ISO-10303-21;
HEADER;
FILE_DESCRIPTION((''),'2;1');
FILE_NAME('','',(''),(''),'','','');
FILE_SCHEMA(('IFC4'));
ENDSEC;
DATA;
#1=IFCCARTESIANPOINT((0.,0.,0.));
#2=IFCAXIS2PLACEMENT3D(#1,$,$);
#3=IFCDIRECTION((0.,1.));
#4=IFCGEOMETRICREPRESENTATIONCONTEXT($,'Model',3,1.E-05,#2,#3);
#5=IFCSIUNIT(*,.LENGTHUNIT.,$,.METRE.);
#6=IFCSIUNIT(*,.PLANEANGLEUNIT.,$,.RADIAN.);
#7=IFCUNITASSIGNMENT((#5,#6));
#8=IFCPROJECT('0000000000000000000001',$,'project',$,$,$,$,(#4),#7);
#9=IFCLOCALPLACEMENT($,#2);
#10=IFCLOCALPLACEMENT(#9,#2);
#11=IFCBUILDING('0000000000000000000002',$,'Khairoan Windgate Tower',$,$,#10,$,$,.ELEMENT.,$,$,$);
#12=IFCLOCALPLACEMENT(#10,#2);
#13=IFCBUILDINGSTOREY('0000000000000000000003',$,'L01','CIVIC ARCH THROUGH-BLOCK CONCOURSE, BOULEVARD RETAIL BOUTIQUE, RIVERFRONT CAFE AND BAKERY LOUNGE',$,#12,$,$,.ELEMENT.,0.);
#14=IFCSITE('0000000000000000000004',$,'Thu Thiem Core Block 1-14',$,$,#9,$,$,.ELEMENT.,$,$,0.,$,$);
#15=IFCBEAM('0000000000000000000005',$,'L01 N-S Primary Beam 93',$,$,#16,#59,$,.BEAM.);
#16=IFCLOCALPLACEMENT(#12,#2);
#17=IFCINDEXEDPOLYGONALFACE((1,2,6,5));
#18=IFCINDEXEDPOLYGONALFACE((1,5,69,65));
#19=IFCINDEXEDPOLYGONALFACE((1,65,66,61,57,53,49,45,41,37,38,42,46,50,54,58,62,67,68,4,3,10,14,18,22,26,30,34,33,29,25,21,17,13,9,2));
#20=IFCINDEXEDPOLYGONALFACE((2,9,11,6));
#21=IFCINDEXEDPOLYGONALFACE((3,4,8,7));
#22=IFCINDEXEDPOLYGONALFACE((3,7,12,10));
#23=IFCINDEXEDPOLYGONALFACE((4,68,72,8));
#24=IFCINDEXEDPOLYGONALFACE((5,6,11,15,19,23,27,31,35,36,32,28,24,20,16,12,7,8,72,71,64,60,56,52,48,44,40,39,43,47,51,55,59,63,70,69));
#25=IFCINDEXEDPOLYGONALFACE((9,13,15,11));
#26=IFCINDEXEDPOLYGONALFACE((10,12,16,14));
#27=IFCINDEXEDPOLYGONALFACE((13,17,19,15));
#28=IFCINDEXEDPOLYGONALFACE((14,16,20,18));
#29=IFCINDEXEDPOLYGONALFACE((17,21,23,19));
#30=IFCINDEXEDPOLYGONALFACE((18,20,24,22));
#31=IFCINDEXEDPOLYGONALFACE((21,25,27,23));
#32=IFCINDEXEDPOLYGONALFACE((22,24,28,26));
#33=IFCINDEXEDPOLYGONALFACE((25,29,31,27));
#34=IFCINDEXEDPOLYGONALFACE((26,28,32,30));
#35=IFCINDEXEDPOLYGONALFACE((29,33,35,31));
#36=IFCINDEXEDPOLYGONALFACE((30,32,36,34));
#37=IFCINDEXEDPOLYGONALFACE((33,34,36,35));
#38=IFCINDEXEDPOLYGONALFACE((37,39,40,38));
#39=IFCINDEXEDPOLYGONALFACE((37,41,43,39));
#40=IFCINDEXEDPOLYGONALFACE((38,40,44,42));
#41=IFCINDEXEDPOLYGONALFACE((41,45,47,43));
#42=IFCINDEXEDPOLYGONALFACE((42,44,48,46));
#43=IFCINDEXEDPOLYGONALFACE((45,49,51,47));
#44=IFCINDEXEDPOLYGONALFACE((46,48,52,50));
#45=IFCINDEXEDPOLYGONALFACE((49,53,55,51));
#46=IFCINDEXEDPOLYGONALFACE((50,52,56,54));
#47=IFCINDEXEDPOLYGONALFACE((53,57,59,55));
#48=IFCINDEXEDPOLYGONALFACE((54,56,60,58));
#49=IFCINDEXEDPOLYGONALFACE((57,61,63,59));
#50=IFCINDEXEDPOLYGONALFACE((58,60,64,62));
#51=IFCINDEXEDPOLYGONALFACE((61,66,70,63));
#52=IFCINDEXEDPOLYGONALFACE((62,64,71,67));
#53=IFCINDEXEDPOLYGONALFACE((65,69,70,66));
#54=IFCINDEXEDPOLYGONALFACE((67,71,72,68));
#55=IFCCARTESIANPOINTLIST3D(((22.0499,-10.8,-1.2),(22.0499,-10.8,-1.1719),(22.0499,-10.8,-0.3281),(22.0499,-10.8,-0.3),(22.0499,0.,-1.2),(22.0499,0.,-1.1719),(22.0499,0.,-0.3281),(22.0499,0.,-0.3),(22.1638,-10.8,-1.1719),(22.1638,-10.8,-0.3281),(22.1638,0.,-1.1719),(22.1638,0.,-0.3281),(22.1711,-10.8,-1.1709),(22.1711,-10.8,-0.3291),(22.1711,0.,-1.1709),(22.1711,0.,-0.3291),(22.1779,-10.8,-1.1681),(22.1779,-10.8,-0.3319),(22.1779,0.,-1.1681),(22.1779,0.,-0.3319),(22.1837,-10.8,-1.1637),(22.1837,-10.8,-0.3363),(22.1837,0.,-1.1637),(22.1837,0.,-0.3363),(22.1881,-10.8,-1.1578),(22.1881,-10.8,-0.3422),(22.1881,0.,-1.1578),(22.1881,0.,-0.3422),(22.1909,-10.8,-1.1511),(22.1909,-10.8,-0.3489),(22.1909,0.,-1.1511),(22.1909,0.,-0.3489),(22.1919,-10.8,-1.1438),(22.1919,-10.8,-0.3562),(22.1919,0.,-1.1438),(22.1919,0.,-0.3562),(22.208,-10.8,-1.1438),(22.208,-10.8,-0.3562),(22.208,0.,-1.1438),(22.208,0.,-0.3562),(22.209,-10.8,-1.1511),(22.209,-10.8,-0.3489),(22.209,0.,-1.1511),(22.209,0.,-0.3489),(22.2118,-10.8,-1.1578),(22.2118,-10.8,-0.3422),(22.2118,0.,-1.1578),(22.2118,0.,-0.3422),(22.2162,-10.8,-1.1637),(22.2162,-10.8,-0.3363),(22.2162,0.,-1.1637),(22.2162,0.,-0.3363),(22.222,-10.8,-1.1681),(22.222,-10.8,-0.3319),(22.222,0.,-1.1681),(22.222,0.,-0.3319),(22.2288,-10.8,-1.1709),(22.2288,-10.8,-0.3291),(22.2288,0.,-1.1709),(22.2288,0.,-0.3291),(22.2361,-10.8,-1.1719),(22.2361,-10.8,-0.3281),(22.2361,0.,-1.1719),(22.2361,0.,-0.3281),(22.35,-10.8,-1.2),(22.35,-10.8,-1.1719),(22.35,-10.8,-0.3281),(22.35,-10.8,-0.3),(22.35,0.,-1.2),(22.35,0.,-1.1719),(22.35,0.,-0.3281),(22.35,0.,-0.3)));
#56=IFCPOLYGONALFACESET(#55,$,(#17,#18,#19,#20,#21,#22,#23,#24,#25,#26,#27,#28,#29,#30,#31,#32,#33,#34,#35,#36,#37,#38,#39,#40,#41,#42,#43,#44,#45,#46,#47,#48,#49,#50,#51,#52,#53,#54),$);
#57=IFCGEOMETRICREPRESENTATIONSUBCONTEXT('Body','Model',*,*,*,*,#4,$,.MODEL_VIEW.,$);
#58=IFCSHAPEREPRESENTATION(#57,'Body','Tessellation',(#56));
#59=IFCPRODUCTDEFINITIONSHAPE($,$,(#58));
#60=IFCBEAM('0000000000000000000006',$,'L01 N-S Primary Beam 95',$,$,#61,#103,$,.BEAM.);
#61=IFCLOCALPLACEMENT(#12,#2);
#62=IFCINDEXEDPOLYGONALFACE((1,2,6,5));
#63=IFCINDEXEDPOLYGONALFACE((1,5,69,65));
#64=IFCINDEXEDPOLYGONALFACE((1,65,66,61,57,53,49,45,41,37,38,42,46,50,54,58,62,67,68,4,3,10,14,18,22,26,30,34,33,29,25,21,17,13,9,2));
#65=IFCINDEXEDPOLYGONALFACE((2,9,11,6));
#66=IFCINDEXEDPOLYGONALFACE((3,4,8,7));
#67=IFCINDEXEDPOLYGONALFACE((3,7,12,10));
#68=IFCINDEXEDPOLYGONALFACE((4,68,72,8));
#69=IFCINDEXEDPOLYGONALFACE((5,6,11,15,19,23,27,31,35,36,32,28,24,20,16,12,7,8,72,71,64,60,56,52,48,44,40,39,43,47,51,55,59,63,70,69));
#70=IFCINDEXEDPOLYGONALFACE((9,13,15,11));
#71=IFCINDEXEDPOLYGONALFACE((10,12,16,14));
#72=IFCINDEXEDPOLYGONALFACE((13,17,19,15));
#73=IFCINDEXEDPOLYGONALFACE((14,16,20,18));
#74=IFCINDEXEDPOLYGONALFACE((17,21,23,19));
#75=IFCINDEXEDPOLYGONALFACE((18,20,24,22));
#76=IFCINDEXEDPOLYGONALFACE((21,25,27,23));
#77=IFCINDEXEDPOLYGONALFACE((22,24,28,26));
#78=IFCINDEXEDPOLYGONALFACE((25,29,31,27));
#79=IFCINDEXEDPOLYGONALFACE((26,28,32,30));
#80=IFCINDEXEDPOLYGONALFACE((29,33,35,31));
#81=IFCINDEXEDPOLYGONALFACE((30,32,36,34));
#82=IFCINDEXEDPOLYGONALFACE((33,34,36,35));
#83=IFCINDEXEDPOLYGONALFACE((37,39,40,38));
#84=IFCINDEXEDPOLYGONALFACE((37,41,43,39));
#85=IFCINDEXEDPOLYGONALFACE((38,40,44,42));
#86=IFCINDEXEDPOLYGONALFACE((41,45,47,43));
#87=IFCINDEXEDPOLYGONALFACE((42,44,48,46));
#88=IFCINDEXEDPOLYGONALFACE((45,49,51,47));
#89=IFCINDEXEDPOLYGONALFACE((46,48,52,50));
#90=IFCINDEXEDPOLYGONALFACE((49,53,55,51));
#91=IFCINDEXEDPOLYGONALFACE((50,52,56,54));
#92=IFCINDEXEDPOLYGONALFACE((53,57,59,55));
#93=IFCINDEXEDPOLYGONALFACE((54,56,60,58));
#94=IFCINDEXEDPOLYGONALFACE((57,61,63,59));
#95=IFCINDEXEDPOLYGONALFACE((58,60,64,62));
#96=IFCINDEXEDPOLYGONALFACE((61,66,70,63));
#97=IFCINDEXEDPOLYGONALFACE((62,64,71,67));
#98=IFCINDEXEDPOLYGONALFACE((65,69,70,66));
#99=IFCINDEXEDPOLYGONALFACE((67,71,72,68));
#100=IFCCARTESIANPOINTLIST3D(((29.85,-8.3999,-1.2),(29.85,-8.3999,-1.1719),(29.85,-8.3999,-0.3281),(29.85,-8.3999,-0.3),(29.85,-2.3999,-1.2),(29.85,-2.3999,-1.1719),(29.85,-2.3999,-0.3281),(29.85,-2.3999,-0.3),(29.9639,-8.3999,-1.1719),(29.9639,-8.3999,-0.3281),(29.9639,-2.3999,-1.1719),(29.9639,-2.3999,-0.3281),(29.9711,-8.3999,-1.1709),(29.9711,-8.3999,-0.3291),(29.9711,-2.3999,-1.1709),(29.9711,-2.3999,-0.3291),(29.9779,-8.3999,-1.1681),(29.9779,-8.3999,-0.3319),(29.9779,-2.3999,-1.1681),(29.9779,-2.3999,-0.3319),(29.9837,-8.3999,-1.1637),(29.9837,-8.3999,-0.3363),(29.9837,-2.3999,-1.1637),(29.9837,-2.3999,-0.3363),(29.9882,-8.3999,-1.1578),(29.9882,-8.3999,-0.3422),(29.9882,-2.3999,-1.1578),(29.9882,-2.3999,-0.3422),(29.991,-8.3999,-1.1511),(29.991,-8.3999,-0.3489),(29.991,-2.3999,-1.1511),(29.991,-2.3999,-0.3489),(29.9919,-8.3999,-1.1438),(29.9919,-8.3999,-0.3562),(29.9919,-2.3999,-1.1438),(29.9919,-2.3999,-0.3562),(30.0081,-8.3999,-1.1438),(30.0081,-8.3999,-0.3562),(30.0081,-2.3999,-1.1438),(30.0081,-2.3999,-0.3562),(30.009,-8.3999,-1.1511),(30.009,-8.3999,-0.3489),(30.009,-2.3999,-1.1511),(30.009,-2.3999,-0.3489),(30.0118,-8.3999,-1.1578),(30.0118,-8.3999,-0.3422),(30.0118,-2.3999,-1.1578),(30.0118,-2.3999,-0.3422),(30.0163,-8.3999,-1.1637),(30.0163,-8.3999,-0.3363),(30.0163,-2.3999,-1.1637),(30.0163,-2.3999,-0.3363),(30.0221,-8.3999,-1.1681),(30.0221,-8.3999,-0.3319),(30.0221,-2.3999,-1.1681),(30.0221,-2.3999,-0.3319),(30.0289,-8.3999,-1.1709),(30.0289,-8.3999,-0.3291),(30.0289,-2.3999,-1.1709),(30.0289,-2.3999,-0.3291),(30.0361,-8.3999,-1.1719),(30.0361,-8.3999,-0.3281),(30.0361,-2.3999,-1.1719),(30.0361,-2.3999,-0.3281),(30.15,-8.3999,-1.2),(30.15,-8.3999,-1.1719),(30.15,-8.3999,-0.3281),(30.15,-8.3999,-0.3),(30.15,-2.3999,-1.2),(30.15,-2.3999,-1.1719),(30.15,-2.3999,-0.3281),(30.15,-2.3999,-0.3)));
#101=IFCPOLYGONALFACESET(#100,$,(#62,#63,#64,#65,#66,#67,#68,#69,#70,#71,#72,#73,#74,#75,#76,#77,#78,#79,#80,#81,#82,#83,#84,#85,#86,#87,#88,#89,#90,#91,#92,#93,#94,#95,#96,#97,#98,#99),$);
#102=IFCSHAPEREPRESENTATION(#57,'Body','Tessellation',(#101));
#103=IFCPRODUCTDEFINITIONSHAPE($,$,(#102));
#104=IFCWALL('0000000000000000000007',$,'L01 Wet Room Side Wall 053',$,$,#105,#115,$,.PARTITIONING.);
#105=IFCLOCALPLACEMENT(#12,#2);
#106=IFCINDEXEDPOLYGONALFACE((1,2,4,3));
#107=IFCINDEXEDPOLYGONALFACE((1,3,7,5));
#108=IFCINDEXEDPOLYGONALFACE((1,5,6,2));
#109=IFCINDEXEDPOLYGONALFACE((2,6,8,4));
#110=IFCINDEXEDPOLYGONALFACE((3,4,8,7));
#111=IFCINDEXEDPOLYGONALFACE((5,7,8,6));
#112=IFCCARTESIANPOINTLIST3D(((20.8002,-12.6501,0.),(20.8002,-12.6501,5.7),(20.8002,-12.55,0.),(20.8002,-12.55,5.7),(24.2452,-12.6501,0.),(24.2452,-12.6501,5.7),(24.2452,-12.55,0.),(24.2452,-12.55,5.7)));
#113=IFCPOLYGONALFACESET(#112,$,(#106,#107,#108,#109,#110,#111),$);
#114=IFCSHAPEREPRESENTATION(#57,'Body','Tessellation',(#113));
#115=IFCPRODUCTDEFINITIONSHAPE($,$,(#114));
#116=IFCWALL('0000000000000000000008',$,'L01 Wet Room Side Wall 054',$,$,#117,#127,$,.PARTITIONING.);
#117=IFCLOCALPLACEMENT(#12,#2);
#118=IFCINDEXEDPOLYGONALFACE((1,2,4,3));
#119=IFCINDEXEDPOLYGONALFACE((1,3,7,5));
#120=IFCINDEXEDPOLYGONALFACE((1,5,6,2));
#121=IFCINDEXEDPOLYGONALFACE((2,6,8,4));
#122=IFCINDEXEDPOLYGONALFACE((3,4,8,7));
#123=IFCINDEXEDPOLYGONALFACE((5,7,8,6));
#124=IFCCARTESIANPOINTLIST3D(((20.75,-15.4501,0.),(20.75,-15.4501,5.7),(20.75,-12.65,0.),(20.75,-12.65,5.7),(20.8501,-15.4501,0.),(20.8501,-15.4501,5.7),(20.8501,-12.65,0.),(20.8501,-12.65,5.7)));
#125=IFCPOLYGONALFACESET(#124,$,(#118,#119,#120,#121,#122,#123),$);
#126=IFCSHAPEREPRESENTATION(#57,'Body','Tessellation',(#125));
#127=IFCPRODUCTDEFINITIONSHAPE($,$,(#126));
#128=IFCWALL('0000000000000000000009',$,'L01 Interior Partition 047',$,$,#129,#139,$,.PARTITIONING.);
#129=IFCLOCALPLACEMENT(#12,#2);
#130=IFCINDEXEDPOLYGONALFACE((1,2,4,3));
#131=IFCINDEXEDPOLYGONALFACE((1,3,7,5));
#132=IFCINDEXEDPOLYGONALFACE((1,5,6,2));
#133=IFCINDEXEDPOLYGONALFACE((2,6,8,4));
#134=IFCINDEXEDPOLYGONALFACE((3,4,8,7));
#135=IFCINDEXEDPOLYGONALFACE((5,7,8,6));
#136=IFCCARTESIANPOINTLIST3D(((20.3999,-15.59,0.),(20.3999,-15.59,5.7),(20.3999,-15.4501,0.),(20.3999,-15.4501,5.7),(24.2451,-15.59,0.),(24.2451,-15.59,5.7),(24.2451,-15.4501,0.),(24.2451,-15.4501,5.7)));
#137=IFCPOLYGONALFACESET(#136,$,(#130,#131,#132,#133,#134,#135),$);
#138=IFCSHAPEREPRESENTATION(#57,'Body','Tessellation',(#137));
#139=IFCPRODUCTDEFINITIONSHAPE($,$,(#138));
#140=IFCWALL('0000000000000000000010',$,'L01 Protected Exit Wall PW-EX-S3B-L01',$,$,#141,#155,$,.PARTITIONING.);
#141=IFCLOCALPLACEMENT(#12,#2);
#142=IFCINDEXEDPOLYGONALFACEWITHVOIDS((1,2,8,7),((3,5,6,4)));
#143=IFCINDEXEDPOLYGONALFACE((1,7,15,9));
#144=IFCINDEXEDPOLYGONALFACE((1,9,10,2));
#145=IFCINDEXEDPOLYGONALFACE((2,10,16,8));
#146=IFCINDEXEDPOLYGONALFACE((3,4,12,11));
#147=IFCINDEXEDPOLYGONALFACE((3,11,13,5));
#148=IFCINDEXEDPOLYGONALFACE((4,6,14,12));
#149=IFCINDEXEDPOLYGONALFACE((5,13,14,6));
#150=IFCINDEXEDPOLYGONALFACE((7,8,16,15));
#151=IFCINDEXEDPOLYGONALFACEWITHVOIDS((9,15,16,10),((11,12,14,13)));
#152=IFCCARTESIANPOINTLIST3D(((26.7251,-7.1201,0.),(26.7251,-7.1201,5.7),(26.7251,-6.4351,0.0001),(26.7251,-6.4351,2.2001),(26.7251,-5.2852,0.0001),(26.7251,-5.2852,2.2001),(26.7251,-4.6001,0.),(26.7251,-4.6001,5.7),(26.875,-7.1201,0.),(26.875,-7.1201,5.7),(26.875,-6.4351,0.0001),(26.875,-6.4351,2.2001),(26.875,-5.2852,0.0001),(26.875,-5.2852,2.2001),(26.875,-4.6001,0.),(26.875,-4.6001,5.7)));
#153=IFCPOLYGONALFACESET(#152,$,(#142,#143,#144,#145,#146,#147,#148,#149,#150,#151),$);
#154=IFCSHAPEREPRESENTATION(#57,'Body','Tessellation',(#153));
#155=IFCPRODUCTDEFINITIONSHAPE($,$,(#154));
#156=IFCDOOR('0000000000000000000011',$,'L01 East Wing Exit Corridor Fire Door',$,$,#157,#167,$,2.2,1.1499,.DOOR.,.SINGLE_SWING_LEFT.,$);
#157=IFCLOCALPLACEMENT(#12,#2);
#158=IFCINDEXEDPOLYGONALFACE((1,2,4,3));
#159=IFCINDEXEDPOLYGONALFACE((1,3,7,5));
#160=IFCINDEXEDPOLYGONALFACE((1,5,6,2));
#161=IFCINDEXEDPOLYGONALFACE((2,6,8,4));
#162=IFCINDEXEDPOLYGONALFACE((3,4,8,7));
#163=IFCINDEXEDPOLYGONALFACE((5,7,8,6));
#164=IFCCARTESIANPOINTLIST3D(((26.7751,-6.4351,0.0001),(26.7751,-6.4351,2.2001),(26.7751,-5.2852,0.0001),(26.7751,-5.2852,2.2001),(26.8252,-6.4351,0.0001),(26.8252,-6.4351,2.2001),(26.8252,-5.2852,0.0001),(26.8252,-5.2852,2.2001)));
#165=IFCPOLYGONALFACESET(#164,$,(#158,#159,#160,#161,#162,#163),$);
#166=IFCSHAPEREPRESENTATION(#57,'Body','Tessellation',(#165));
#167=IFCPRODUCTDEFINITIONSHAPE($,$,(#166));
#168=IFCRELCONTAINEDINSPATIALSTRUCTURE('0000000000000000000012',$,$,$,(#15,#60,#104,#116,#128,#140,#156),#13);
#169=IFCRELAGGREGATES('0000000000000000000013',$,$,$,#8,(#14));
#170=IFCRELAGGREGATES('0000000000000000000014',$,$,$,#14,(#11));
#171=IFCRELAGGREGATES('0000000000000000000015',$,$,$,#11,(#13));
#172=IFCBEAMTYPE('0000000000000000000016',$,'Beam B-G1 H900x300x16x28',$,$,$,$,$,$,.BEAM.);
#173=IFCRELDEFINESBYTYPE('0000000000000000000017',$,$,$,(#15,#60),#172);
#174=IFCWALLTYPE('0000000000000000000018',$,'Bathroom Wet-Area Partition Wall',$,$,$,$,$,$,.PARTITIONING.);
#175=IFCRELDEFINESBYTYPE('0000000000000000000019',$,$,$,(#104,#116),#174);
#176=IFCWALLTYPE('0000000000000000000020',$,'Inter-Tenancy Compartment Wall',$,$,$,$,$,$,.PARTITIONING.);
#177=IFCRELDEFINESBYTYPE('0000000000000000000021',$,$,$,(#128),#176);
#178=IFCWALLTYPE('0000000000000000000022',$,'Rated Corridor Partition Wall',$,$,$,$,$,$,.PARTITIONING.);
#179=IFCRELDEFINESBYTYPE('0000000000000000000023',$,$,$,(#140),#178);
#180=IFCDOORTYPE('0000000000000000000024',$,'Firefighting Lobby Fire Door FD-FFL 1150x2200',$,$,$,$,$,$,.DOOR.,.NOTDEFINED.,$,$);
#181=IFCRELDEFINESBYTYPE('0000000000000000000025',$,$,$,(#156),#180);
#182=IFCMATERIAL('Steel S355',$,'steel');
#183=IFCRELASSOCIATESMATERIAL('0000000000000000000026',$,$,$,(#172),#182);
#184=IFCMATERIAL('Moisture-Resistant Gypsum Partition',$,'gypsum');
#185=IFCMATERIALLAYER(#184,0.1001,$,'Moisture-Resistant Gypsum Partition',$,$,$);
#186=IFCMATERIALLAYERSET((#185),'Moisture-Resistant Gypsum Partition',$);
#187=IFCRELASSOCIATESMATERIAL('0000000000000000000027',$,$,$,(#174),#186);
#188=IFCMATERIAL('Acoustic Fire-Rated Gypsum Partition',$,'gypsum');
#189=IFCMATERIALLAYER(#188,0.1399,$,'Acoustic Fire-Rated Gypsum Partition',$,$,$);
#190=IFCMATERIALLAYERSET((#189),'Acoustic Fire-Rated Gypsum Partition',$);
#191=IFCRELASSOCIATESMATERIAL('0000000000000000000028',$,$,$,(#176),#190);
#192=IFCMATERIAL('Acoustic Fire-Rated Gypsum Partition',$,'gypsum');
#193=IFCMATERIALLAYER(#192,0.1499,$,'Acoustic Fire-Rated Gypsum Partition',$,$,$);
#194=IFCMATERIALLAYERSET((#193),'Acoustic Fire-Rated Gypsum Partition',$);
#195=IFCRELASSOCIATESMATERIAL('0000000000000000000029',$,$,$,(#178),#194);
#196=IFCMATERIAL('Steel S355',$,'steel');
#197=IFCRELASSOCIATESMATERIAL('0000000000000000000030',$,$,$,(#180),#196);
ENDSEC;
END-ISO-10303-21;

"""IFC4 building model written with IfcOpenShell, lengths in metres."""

from ifc_helpers import new_model, si_unit, direction, frame, frame_2d, origin, origin_2d, place, context, subcontext, project, spatial, rectangle, i_section, extrude, material, layer, layer_set, material_profile, profile_set, type_object, element, fill, save


model = new_model("IFC4")

# Units and contexts
model_context = context("Model", 3, precision=1e-05, world=origin(), true_north=direction((0.0, 1.0)))
body_context = subcontext(model_context, "Body", "Model", "MODEL_VIEW")
ifc_project = project(units=[si_unit("LENGTHUNIT", "METRE"), si_unit("PLANEANGLEUNIT", "RADIAN")], contexts=[model_context])

# Site, building, storey
site_placement = place(None, origin())
site = spatial("IfcSite", under=ifc_project, at=site_placement, Name="Thu Thiem Core Block 1-14", CompositionType="ELEMENT", RefElevation=0.0)
building_placement = place(site_placement, origin())
building = spatial("IfcBuilding", under=site, at=building_placement, Name="Khairoan Windgate Tower", CompositionType="ELEMENT")
storey_placement = place(building_placement, origin())
storey = spatial("IfcBuildingStorey", under=building, at=storey_placement, Name="L01", Description="CIVIC ARCH THROUGH-BLOCK CONCOURSE, BOULEVARD RETAIL BOUTIQUE, RIVERFRONT CAFE AND BAKERY LOUNGE", CompositionType="ELEMENT", Elevation=0.0)

# Beams
ifc_material_1 = material(Name="Steel S355", Category="steel")
ifc_material_profile_1 = material_profile(ifc_material_1, i_section(OverallWidth=0.3, OverallDepth=0.8999, WebThickness=0.0161, FlangeThickness=0.0281, FilletRadius=0.0281, at=origin_2d()))
ifc_profile_set_1 = profile_set([ifc_material_profile_1], Name="Steel S355")
beam_type = type_object("IfcBeamType", Name="Beam B-G1 H900x300x16x28", PredefinedType="BEAM", material=ifc_profile_set_1)
for number, where, z_axis, x_axis, name in (
    (1, (22.2, -10.8, -0.75), (0.0, 1.0, 0.0), (-1.0, 0.0, 0.0), "L01 N-S Primary Beam 93"),
):
    element("IfcBeam", number, at=place(storey_placement, frame(where, z_axis=z_axis, x_axis=x_axis)), inside=storey, type_object=beam_type, Name=name, PredefinedType="BEAM", context=body_context, shape_type="SweptSolid", body=[
        extrude(i_section(OverallWidth=0.3, OverallDepth=0.8999, WebThickness=0.0161, FlangeThickness=0.0281, FilletRadius=0.0281, at=origin_2d()), origin(), (0.0, 0.0, 1.0), 10.8),
    ])
beam_1_placement = place(storey_placement, frame((30.0, -8.3999, -0.75), z_axis=(0.0, 1.0, 0.0), x_axis=(-1.0, 0.0, 0.0)))
element("IfcBeam", 2, at=beam_1_placement, inside=storey, type_object=beam_type, Name="L01 N-S Primary Beam 95", PredefinedType="BEAM", context=body_context, shape_type="SweptSolid", body=[
    extrude(i_section(OverallWidth=0.3, OverallDepth=0.8999, WebThickness=0.0161, FlangeThickness=0.0281, FilletRadius=0.0281, at=origin_2d()), origin(), (0.0, 0.0, 1.0), 6.0),
])

# Walls
ifc_material_2 = material(Name="Moisture-Resistant Gypsum Partition", Category="gypsum")
ifc_layer_1 = layer(ifc_material_2, 0.1001, Name="Moisture-Resistant Gypsum Partition")
ifc_layer_set_1 = layer_set([ifc_layer_1], Name="Moisture-Resistant Gypsum Partition")
wall_type_1 = type_object("IfcWallType", Name="Bathroom Wet-Area Partition Wall", PredefinedType="PARTITIONING", material=ifc_layer_set_1)
wall_1_placement = place(storey_placement, frame((20.8, -12.6001, 0.0), z_axis=(0.0, 0.0, 1.0), x_axis=(1.0, 0.0, 0.0)))
element("IfcWall", 3, at=wall_1_placement, inside=storey, type_object=wall_type_1, Name="L01 Wet Room Side Wall 053", PredefinedType="PARTITIONING", context=body_context, shape_type="SweptSolid", body=[
    extrude(rectangle(XDim=3.4451, YDim=0.1001, at=frame_2d((1.7227, 0.0))), origin(), (0.0, 0.0, 1.0), 5.7),
])
wall_2_placement = place(storey_placement, frame((20.8, -15.45, 0.0), z_axis=(0.0, 0.0, 1.0), x_axis=(0.0, 1.0, 0.0)))
element("IfcWall", 4, at=wall_2_placement, inside=storey, type_object=wall_type_1, Name="L01 Wet Room Side Wall 054", PredefinedType="PARTITIONING", context=body_context, shape_type="SweptSolid", body=[
    extrude(rectangle(XDim=2.8, YDim=0.1001, at=frame_2d((1.3999, 0.0))), origin(), (0.0, 0.0, 1.0), 5.7),
])
ifc_material_3 = material(Name="Acoustic Fire-Rated Gypsum Partition", Category="gypsum")
ifc_layer_2 = layer(ifc_material_3, 0.1399, Name="Acoustic Fire-Rated Gypsum Partition")
ifc_layer_set_2 = layer_set([ifc_layer_2], Name="Acoustic Fire-Rated Gypsum Partition")
wall_type_2 = type_object("IfcWallType", Name="Inter-Tenancy Compartment Wall", PredefinedType="PARTITIONING", material=ifc_layer_set_2)
wall_3_placement = place(storey_placement, frame((20.3999, -15.52, 0.0), z_axis=(0.0, 0.0, 1.0), x_axis=(1.0, 0.0, 0.0)))
element("IfcWall", 5, at=wall_3_placement, inside=storey, type_object=wall_type_2, Name="L01 Interior Partition 047", PredefinedType="PARTITIONING", context=body_context, shape_type="SweptSolid", body=[
    extrude(rectangle(XDim=3.8452, YDim=0.1399, at=frame_2d((1.9226, 0.0))), origin(), (0.0, 0.0, 1.0), 5.7),
])

# Wall, opening, door
ifc_material_4 = material(Name="Acoustic Fire-Rated Gypsum Partition", Category="gypsum")
ifc_layer_3 = layer(ifc_material_4, 0.1499, Name="Acoustic Fire-Rated Gypsum Partition")
ifc_layer_set_3 = layer_set([ifc_layer_3], Name="Acoustic Fire-Rated Gypsum Partition")
wall_type_3 = type_object("IfcWallType", Name="Rated Corridor Partition Wall", PredefinedType="PARTITIONING", material=ifc_layer_set_3)
wall_4_placement = place(storey_placement, frame((26.8, -7.1201, 0.0), z_axis=(0.0, 0.0, 1.0), x_axis=(0.0, 1.0, 0.0)))
wall_4 = element("IfcWall", 6, at=wall_4_placement, inside=storey, type_object=wall_type_3, Name="L01 Protected Exit Wall PW-EX-S3B-L01", PredefinedType="PARTITIONING", context=body_context, shape_type="SweptSolid", body=[
    extrude(rectangle(XDim=2.52, YDim=0.1499, at=frame_2d((1.26, 0.0))), origin(), (0.0, 0.0, 1.0), 5.7),
])
opening_1_placement = place(wall_4_placement, frame((0.6851, 0.0, 0.0)))
opening_1 = element("IfcOpeningElement", 7, at=opening_1_placement, cuts=wall_4, PredefinedType="OPENING", context=body_context, shape_type="SweptSolid", body=[
    extrude(rectangle(XDim=1.1499, YDim=2.2, at=frame_2d((0.575, 1.1001))), frame((0.0, 0.085, 0.0), z_axis=(0.0, -1.0, 0.0), x_axis=(1.0, 0.0, 0.0)), (0.0, 0.0, 1.0), 0.1699),
])
ifc_material_5 = material(Name="Steel S355", Category="steel")
door_type_1 = type_object("IfcDoorType", Name="Firefighting Lobby Fire Door FD-FFL 1150x2200", OperationType="NOTDEFINED", PredefinedType="DOOR", material=ifc_material_5)
door_1_placement = place(opening_1_placement, origin())
door_1 = element("IfcDoor", 8, at=door_1_placement, inside=storey, type_object=door_type_1, Name="L01 East Wing Exit Corridor Fire Door", OperationType="SINGLE_SWING_LEFT", OverallHeight=2.2, OverallWidth=1.1499, PredefinedType="DOOR", context=body_context, shape_type="SweptSolid", body=[
    extrude(rectangle(XDim=1.1499, YDim=2.2, at=frame_2d((0.575, 1.1001))), frame((0.0, 0.0249, 0.0), z_axis=(0.0, -1.0, 0.0), x_axis=(1.0, 0.0, 0.0)), (0.0, 0.0, 1.0), 0.05),
])
fill(opening_1, door_1)

save(model, "model.ifc")
